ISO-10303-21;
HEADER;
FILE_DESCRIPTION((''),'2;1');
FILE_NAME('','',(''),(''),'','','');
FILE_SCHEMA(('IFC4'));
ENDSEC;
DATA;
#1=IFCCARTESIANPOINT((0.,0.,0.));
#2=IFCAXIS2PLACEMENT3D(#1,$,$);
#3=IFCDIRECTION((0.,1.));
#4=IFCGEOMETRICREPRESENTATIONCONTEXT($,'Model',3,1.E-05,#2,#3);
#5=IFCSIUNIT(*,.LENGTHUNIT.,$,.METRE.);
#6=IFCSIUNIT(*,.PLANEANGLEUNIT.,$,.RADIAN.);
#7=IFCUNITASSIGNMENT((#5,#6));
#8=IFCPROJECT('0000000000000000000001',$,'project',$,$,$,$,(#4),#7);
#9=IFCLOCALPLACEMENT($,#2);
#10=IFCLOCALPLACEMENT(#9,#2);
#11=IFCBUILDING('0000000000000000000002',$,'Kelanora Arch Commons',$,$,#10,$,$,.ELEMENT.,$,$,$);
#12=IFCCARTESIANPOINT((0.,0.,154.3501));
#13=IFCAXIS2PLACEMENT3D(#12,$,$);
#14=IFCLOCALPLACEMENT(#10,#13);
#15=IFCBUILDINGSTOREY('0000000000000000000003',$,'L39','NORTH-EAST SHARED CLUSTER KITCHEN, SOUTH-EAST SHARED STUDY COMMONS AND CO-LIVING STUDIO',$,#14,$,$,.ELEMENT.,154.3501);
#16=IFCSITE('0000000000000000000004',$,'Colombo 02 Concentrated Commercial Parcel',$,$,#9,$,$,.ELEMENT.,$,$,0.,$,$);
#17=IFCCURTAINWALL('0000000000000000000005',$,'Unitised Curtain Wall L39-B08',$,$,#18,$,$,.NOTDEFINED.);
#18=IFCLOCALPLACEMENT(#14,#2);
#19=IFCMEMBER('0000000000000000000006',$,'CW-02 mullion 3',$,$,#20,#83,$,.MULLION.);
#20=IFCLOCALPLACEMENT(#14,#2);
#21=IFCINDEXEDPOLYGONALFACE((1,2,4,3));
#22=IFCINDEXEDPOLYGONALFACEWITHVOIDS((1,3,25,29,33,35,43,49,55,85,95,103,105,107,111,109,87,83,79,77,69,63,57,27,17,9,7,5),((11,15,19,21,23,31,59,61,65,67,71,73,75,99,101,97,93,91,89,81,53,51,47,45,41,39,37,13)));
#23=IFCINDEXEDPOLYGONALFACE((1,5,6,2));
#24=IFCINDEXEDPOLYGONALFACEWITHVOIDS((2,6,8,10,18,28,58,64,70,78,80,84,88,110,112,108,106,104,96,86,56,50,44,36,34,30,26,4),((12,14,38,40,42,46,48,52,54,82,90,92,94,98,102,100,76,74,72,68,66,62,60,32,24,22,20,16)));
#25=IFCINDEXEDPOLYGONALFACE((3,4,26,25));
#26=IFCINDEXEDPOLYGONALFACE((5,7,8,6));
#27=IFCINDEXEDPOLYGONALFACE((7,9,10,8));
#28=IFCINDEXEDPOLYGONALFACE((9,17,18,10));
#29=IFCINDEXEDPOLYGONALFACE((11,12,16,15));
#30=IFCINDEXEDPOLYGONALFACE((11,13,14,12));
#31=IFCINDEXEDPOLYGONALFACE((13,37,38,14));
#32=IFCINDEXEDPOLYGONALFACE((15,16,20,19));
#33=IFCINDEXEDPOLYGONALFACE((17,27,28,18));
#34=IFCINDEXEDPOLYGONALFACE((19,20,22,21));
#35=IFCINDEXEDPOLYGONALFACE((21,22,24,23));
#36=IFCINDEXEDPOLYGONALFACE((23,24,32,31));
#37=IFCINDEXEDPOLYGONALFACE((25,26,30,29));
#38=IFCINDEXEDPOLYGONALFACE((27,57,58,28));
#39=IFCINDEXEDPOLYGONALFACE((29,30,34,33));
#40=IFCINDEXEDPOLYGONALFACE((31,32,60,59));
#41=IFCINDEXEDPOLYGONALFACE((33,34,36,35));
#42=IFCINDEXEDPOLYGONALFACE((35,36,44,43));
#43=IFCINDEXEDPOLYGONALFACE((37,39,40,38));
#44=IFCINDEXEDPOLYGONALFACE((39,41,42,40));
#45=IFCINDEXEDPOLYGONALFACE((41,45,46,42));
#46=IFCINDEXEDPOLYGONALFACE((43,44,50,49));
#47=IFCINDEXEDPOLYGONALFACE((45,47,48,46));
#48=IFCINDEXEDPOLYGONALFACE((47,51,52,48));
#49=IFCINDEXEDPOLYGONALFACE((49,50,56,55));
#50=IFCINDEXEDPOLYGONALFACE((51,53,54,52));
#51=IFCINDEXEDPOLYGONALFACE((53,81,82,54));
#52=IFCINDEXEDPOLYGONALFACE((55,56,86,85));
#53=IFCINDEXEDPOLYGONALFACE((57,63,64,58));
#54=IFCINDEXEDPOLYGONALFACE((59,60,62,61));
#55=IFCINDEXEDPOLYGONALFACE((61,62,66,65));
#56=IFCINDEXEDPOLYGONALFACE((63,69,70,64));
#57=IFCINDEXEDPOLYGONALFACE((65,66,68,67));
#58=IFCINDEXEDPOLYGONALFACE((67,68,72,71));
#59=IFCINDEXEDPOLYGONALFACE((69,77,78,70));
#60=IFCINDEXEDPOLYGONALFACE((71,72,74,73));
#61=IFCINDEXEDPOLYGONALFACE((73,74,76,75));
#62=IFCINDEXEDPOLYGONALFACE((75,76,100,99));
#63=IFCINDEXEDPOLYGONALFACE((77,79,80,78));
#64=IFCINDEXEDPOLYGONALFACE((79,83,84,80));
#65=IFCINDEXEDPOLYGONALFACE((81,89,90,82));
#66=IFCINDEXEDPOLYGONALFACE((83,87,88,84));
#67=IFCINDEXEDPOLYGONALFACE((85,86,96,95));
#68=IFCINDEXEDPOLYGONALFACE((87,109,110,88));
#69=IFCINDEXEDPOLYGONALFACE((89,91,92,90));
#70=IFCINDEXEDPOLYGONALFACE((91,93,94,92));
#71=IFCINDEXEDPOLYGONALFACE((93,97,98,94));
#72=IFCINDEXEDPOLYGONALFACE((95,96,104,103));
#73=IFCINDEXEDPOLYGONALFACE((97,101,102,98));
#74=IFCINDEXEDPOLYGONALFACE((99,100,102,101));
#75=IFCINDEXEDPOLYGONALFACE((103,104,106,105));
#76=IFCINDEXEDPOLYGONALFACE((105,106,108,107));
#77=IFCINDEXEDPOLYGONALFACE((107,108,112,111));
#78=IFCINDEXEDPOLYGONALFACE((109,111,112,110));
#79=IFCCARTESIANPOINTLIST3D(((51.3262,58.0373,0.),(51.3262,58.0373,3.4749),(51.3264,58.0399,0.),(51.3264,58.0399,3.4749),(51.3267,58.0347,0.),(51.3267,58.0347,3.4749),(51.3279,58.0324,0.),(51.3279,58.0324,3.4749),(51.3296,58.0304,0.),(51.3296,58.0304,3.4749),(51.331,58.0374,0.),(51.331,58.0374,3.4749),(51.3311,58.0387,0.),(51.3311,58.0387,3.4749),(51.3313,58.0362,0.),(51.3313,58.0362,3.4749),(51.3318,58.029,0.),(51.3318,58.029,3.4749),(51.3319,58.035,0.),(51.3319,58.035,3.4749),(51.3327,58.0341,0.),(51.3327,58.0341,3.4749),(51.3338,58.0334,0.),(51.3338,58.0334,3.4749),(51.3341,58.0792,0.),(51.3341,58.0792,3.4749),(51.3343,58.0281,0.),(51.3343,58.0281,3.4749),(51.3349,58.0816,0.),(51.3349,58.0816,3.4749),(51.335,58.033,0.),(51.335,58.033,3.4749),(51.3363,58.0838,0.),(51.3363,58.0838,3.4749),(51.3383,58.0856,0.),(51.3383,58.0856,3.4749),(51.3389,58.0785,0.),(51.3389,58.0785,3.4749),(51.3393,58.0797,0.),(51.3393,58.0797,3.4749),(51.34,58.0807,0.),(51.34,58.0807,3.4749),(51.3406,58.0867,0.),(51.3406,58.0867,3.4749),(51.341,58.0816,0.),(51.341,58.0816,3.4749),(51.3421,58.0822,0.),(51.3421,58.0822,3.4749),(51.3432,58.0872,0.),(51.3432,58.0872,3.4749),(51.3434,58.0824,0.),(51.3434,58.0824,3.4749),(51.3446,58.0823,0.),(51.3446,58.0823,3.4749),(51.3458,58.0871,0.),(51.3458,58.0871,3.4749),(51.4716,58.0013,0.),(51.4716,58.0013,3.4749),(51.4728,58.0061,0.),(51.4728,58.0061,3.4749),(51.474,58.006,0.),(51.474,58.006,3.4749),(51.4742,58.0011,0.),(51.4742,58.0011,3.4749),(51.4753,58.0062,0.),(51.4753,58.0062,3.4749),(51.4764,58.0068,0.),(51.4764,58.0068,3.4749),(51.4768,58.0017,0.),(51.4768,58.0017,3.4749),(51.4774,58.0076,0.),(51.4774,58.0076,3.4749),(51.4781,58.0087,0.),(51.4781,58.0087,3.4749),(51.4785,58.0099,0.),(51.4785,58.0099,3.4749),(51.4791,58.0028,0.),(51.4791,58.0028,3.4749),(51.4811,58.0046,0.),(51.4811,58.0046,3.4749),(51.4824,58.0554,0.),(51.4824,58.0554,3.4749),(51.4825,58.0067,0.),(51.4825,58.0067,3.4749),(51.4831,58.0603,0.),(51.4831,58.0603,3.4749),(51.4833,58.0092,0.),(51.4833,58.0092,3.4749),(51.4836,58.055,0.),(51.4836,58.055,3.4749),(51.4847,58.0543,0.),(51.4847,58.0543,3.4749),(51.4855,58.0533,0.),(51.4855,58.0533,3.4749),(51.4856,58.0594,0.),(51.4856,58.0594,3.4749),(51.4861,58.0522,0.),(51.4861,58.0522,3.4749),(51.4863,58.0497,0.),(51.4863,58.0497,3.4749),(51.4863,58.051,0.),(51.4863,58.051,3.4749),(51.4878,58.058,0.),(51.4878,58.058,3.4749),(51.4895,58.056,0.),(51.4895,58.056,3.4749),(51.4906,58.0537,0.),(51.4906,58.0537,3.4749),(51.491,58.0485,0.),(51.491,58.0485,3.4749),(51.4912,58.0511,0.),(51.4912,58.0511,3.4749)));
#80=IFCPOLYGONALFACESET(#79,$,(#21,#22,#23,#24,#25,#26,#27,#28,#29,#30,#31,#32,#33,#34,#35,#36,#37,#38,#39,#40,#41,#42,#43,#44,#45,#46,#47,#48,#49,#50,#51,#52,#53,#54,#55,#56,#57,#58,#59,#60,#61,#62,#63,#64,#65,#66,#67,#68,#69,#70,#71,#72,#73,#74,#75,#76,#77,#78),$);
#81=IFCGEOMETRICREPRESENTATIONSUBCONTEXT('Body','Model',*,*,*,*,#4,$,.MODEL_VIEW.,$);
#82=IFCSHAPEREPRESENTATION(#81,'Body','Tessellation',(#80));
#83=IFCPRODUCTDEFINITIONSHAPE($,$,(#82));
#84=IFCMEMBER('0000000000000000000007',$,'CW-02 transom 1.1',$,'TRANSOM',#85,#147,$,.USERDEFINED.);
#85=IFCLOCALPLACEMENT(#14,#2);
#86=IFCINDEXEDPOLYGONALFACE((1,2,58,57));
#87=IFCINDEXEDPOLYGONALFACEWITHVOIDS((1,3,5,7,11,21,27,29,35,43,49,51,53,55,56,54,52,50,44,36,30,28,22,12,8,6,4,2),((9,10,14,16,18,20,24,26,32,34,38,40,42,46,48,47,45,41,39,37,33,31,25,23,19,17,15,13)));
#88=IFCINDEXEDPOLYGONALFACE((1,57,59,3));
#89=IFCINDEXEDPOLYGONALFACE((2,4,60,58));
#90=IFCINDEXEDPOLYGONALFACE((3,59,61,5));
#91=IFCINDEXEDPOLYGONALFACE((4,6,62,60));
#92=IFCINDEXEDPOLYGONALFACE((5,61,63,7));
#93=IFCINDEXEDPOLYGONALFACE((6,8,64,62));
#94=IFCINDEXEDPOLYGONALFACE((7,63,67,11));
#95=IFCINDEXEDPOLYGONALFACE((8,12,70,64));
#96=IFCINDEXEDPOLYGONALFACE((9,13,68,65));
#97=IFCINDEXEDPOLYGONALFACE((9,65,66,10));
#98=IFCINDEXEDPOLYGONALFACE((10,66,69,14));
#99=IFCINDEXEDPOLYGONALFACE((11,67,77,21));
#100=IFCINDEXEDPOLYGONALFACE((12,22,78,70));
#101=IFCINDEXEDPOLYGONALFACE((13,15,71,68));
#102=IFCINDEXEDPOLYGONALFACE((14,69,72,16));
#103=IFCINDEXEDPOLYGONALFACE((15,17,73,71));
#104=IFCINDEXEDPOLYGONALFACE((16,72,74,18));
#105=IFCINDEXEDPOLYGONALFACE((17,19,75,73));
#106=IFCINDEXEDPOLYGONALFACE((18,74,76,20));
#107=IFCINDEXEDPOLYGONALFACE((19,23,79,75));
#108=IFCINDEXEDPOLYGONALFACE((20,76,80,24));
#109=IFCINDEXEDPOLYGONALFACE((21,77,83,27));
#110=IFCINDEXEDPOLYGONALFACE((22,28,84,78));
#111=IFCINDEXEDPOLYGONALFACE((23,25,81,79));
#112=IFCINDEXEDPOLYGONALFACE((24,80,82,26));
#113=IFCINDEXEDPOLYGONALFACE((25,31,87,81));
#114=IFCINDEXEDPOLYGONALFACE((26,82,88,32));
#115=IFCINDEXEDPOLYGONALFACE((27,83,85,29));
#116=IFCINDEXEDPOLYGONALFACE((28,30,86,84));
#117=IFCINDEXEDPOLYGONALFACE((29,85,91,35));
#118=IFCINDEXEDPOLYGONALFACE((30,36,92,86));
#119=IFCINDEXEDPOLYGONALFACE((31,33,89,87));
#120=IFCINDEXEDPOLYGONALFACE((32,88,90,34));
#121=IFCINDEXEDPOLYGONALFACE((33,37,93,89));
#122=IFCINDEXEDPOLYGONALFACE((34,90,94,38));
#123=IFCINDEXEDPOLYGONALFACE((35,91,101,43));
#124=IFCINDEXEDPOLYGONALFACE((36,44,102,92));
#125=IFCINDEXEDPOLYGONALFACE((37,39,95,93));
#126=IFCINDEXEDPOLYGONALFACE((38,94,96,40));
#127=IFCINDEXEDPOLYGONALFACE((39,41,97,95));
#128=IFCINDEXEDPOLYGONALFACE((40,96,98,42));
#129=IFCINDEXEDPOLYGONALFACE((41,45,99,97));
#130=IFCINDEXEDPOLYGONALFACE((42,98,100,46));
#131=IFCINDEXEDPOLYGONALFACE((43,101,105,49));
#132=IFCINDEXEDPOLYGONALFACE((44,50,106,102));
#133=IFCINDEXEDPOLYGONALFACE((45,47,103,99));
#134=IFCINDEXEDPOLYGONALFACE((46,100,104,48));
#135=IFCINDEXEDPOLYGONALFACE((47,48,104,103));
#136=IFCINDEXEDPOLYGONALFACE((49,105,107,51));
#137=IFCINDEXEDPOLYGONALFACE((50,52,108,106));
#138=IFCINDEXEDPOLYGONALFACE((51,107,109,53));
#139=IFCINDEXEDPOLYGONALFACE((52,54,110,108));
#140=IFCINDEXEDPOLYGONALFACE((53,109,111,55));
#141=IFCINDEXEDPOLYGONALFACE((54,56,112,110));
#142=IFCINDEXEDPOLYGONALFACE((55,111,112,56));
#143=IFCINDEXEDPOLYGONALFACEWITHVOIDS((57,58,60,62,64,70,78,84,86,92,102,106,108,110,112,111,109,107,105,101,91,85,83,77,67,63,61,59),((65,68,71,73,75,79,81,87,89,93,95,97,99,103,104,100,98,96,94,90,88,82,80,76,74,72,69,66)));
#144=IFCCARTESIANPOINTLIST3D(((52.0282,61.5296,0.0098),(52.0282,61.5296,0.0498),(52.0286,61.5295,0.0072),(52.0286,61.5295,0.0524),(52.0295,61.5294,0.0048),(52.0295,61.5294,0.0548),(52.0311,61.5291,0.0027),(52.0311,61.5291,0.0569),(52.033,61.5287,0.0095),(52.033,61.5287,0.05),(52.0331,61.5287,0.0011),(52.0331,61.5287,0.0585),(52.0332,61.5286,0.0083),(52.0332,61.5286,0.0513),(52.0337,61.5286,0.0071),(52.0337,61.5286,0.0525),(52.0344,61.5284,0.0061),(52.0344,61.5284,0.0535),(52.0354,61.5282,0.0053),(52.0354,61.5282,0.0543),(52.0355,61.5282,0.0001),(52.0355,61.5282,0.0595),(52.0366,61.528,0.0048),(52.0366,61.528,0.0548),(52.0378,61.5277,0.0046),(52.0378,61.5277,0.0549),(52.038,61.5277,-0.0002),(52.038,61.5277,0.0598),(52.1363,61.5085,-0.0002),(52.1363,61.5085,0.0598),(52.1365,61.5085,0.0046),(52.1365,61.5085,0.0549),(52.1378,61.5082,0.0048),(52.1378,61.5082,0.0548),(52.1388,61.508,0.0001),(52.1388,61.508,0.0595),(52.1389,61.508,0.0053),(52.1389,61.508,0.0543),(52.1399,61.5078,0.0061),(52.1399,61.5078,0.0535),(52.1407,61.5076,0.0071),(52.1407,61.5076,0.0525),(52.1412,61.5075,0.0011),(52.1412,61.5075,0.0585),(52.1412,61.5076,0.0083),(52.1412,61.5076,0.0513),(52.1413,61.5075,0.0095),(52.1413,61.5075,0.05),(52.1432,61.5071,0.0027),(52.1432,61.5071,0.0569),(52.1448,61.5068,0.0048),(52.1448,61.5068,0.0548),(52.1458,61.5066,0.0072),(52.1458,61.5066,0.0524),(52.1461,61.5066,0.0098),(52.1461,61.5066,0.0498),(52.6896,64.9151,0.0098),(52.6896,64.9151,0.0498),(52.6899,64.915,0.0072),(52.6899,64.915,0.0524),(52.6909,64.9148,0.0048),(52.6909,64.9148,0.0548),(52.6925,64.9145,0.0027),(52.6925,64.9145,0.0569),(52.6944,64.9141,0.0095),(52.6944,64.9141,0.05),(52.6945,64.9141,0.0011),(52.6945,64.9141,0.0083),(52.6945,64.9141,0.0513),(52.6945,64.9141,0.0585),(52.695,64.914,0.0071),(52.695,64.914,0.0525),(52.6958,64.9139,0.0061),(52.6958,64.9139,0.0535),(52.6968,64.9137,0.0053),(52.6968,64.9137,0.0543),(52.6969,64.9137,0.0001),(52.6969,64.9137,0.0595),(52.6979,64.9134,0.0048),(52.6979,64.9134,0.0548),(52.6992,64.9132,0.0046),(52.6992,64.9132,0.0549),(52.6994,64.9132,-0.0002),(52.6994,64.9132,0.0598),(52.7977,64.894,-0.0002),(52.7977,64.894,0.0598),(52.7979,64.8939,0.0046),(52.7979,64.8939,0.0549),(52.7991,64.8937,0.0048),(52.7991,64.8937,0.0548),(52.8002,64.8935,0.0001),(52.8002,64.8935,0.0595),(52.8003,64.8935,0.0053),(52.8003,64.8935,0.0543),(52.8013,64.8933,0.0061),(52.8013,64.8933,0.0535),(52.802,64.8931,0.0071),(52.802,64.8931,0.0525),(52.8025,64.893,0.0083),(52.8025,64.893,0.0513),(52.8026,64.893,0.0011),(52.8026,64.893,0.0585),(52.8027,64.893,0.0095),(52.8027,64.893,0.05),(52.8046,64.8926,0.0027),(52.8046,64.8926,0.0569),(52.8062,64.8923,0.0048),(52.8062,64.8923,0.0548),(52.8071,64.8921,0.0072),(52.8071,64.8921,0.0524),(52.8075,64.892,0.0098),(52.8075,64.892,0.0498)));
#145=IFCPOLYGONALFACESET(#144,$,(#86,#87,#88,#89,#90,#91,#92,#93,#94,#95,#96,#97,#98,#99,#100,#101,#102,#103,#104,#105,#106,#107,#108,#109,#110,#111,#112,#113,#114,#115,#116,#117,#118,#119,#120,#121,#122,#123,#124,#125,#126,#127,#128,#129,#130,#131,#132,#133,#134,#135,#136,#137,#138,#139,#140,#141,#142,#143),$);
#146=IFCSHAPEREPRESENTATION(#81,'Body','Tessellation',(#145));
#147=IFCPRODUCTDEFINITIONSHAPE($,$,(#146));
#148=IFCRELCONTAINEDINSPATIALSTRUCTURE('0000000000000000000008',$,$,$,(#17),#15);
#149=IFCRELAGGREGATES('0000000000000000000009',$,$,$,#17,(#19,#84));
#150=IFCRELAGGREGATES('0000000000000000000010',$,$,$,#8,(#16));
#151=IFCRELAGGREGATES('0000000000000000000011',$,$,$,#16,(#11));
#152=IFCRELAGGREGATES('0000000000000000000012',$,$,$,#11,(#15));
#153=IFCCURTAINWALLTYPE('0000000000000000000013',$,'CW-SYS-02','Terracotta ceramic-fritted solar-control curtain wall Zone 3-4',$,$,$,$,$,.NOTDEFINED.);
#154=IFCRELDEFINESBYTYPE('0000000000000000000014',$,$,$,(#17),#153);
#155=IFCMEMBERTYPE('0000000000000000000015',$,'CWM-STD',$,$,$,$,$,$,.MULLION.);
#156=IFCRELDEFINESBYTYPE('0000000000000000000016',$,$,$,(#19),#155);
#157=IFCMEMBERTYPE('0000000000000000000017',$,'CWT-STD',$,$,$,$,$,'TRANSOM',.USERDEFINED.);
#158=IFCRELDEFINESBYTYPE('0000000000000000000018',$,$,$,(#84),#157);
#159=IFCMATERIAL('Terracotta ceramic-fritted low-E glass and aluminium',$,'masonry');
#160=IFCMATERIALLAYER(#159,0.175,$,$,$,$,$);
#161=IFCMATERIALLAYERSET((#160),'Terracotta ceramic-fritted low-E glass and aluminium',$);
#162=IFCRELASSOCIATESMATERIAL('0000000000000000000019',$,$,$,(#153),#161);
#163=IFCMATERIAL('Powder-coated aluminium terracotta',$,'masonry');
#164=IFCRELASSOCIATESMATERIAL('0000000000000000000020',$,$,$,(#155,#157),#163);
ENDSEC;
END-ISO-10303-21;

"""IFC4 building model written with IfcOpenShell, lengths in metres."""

from ifc_helpers import new_model, si_unit, direction, frame, origin, origin_2d, place, context, subcontext, project, spatial, hollow_rectangle, extrude, material, layer, layer_set, material_profile, profile_set, type_object, element, aggregate, save


model = new_model("IFC4")

# Units and contexts
model_context = context("Model", 3, precision=1e-05, world=origin(), true_north=direction((0.0, 1.0)))
body_context = subcontext(model_context, "Body", "Model", "MODEL_VIEW")
ifc_project = project(units=[si_unit("LENGTHUNIT", "METRE"), si_unit("PLANEANGLEUNIT", "RADIAN")], contexts=[model_context])

# Site, building, storey
site_placement = place(None, origin())
site = spatial("IfcSite", under=ifc_project, at=site_placement, Name="Colombo 02 Concentrated Commercial Parcel", CompositionType="ELEMENT", RefElevation=0.0)
building_placement = place(site_placement, origin())
building = spatial("IfcBuilding", under=site, at=building_placement, Name="Kelanora Arch Commons", CompositionType="ELEMENT")
storey_placement = place(building_placement, frame((0.0, 0.0, 154.3501)))
storey = spatial("IfcBuildingStorey", under=building, at=storey_placement, Name="L39", Description="NORTH-EAST SHARED CLUSTER KITCHEN, SOUTH-EAST SHARED STUDY COMMONS AND CO-LIVING STUDIO", CompositionType="ELEMENT", Elevation=154.3501)

# Curtain wall, members
ifc_material_1 = material(Name="Terracotta ceramic-fritted low-E glass and aluminium", Category="masonry")
ifc_layer_1 = layer(ifc_material_1, 0.175)
ifc_layer_set_1 = layer_set([ifc_layer_1], Name="Terracotta ceramic-fritted low-E glass and aluminium")
curtain_wall_type = type_object("IfcCurtainWallType", Name="CW-SYS-02", Description="Terracotta ceramic-fritted solar-control curtain wall Zone 3-4", PredefinedType="NOTDEFINED", material=ifc_layer_set_1)
curtain_wall_placement = place(storey_placement, origin())
curtain_wall = element("IfcCurtainWall", 1, at=curtain_wall_placement, inside=storey, type_object=curtain_wall_type, Name="Unitised Curtain Wall L39-B08", PredefinedType="NOTDEFINED")
ifc_material_2 = material(Name="Powder-coated aluminium terracotta", Category="masonry")
ifc_material_profile_1 = material_profile(ifc_material_2, hollow_rectangle(XDim=0.1599, YDim=0.0601, WallThickness=0.0049, InnerFilletRadius=0.0049, OuterFilletRadius=0.01, at=origin_2d()), Name="CWM160x60")
ifc_profile_set_1 = profile_set([ifc_material_profile_1], Name="Powder-coated aluminium terracotta")
member_type_1 = type_object("IfcMemberType", Name="CWM-STD", PredefinedType="MULLION", material=ifc_profile_set_1)
member_1_placement = place(storey_placement, frame((51.4087, 58.0442, 0.0), z_axis=(0.0, 0.0, 1.0), x_axis=(0.981453, -0.191705, 0.0)))
member_1 = element("IfcMember", 2, at=member_1_placement, type_object=member_type_1, Name="CW-02 mullion 3", PredefinedType="MULLION", context=body_context, shape_type="SweptSolid", body=[
    extrude(hollow_rectangle(XDim=0.1599, YDim=0.0601, WallThickness=0.0049, InnerFilletRadius=0.0049, OuterFilletRadius=0.01, at=origin_2d()), origin(), (0.0, 0.0, 1.0), 3.4749),
])
ifc_material_profile_2 = material_profile(ifc_material_2, hollow_rectangle(XDim=0.1201, YDim=0.0601, WallThickness=0.0049, InnerFilletRadius=0.0049, OuterFilletRadius=0.01, at=origin_2d()), Name="CWT120x60")
ifc_profile_set_2 = profile_set([ifc_material_profile_2], Name="Powder-coated aluminium terracotta")
member_type_2 = type_object("IfcMemberType", Name="CWT-STD", ElementType="TRANSOM", PredefinedType="USERDEFINED", material=ifc_profile_set_2)
member_2_placement = place(storey_placement, frame((52.7485, 64.9036, 0.0298), z_axis=(-0.191732, -0.981447, 0.0), x_axis=(0.981447, -0.191732, 0.0)))
member_2 = element("IfcMember", 3, at=member_2_placement, type_object=member_type_2, Name="CW-02 transom 1.1", ObjectType="TRANSOM", PredefinedType="USERDEFINED", context=body_context, shape_type="SweptSolid", body=[
    extrude(hollow_rectangle(XDim=0.1201, YDim=0.0601, WallThickness=0.0049, InnerFilletRadius=0.0049, OuterFilletRadius=0.01, at=origin_2d()), origin(), (0.0, 0.0, 1.0), 3.4495),
])
aggregate(curtain_wall, [member_1, member_2])

save(model, "model.ifc")
